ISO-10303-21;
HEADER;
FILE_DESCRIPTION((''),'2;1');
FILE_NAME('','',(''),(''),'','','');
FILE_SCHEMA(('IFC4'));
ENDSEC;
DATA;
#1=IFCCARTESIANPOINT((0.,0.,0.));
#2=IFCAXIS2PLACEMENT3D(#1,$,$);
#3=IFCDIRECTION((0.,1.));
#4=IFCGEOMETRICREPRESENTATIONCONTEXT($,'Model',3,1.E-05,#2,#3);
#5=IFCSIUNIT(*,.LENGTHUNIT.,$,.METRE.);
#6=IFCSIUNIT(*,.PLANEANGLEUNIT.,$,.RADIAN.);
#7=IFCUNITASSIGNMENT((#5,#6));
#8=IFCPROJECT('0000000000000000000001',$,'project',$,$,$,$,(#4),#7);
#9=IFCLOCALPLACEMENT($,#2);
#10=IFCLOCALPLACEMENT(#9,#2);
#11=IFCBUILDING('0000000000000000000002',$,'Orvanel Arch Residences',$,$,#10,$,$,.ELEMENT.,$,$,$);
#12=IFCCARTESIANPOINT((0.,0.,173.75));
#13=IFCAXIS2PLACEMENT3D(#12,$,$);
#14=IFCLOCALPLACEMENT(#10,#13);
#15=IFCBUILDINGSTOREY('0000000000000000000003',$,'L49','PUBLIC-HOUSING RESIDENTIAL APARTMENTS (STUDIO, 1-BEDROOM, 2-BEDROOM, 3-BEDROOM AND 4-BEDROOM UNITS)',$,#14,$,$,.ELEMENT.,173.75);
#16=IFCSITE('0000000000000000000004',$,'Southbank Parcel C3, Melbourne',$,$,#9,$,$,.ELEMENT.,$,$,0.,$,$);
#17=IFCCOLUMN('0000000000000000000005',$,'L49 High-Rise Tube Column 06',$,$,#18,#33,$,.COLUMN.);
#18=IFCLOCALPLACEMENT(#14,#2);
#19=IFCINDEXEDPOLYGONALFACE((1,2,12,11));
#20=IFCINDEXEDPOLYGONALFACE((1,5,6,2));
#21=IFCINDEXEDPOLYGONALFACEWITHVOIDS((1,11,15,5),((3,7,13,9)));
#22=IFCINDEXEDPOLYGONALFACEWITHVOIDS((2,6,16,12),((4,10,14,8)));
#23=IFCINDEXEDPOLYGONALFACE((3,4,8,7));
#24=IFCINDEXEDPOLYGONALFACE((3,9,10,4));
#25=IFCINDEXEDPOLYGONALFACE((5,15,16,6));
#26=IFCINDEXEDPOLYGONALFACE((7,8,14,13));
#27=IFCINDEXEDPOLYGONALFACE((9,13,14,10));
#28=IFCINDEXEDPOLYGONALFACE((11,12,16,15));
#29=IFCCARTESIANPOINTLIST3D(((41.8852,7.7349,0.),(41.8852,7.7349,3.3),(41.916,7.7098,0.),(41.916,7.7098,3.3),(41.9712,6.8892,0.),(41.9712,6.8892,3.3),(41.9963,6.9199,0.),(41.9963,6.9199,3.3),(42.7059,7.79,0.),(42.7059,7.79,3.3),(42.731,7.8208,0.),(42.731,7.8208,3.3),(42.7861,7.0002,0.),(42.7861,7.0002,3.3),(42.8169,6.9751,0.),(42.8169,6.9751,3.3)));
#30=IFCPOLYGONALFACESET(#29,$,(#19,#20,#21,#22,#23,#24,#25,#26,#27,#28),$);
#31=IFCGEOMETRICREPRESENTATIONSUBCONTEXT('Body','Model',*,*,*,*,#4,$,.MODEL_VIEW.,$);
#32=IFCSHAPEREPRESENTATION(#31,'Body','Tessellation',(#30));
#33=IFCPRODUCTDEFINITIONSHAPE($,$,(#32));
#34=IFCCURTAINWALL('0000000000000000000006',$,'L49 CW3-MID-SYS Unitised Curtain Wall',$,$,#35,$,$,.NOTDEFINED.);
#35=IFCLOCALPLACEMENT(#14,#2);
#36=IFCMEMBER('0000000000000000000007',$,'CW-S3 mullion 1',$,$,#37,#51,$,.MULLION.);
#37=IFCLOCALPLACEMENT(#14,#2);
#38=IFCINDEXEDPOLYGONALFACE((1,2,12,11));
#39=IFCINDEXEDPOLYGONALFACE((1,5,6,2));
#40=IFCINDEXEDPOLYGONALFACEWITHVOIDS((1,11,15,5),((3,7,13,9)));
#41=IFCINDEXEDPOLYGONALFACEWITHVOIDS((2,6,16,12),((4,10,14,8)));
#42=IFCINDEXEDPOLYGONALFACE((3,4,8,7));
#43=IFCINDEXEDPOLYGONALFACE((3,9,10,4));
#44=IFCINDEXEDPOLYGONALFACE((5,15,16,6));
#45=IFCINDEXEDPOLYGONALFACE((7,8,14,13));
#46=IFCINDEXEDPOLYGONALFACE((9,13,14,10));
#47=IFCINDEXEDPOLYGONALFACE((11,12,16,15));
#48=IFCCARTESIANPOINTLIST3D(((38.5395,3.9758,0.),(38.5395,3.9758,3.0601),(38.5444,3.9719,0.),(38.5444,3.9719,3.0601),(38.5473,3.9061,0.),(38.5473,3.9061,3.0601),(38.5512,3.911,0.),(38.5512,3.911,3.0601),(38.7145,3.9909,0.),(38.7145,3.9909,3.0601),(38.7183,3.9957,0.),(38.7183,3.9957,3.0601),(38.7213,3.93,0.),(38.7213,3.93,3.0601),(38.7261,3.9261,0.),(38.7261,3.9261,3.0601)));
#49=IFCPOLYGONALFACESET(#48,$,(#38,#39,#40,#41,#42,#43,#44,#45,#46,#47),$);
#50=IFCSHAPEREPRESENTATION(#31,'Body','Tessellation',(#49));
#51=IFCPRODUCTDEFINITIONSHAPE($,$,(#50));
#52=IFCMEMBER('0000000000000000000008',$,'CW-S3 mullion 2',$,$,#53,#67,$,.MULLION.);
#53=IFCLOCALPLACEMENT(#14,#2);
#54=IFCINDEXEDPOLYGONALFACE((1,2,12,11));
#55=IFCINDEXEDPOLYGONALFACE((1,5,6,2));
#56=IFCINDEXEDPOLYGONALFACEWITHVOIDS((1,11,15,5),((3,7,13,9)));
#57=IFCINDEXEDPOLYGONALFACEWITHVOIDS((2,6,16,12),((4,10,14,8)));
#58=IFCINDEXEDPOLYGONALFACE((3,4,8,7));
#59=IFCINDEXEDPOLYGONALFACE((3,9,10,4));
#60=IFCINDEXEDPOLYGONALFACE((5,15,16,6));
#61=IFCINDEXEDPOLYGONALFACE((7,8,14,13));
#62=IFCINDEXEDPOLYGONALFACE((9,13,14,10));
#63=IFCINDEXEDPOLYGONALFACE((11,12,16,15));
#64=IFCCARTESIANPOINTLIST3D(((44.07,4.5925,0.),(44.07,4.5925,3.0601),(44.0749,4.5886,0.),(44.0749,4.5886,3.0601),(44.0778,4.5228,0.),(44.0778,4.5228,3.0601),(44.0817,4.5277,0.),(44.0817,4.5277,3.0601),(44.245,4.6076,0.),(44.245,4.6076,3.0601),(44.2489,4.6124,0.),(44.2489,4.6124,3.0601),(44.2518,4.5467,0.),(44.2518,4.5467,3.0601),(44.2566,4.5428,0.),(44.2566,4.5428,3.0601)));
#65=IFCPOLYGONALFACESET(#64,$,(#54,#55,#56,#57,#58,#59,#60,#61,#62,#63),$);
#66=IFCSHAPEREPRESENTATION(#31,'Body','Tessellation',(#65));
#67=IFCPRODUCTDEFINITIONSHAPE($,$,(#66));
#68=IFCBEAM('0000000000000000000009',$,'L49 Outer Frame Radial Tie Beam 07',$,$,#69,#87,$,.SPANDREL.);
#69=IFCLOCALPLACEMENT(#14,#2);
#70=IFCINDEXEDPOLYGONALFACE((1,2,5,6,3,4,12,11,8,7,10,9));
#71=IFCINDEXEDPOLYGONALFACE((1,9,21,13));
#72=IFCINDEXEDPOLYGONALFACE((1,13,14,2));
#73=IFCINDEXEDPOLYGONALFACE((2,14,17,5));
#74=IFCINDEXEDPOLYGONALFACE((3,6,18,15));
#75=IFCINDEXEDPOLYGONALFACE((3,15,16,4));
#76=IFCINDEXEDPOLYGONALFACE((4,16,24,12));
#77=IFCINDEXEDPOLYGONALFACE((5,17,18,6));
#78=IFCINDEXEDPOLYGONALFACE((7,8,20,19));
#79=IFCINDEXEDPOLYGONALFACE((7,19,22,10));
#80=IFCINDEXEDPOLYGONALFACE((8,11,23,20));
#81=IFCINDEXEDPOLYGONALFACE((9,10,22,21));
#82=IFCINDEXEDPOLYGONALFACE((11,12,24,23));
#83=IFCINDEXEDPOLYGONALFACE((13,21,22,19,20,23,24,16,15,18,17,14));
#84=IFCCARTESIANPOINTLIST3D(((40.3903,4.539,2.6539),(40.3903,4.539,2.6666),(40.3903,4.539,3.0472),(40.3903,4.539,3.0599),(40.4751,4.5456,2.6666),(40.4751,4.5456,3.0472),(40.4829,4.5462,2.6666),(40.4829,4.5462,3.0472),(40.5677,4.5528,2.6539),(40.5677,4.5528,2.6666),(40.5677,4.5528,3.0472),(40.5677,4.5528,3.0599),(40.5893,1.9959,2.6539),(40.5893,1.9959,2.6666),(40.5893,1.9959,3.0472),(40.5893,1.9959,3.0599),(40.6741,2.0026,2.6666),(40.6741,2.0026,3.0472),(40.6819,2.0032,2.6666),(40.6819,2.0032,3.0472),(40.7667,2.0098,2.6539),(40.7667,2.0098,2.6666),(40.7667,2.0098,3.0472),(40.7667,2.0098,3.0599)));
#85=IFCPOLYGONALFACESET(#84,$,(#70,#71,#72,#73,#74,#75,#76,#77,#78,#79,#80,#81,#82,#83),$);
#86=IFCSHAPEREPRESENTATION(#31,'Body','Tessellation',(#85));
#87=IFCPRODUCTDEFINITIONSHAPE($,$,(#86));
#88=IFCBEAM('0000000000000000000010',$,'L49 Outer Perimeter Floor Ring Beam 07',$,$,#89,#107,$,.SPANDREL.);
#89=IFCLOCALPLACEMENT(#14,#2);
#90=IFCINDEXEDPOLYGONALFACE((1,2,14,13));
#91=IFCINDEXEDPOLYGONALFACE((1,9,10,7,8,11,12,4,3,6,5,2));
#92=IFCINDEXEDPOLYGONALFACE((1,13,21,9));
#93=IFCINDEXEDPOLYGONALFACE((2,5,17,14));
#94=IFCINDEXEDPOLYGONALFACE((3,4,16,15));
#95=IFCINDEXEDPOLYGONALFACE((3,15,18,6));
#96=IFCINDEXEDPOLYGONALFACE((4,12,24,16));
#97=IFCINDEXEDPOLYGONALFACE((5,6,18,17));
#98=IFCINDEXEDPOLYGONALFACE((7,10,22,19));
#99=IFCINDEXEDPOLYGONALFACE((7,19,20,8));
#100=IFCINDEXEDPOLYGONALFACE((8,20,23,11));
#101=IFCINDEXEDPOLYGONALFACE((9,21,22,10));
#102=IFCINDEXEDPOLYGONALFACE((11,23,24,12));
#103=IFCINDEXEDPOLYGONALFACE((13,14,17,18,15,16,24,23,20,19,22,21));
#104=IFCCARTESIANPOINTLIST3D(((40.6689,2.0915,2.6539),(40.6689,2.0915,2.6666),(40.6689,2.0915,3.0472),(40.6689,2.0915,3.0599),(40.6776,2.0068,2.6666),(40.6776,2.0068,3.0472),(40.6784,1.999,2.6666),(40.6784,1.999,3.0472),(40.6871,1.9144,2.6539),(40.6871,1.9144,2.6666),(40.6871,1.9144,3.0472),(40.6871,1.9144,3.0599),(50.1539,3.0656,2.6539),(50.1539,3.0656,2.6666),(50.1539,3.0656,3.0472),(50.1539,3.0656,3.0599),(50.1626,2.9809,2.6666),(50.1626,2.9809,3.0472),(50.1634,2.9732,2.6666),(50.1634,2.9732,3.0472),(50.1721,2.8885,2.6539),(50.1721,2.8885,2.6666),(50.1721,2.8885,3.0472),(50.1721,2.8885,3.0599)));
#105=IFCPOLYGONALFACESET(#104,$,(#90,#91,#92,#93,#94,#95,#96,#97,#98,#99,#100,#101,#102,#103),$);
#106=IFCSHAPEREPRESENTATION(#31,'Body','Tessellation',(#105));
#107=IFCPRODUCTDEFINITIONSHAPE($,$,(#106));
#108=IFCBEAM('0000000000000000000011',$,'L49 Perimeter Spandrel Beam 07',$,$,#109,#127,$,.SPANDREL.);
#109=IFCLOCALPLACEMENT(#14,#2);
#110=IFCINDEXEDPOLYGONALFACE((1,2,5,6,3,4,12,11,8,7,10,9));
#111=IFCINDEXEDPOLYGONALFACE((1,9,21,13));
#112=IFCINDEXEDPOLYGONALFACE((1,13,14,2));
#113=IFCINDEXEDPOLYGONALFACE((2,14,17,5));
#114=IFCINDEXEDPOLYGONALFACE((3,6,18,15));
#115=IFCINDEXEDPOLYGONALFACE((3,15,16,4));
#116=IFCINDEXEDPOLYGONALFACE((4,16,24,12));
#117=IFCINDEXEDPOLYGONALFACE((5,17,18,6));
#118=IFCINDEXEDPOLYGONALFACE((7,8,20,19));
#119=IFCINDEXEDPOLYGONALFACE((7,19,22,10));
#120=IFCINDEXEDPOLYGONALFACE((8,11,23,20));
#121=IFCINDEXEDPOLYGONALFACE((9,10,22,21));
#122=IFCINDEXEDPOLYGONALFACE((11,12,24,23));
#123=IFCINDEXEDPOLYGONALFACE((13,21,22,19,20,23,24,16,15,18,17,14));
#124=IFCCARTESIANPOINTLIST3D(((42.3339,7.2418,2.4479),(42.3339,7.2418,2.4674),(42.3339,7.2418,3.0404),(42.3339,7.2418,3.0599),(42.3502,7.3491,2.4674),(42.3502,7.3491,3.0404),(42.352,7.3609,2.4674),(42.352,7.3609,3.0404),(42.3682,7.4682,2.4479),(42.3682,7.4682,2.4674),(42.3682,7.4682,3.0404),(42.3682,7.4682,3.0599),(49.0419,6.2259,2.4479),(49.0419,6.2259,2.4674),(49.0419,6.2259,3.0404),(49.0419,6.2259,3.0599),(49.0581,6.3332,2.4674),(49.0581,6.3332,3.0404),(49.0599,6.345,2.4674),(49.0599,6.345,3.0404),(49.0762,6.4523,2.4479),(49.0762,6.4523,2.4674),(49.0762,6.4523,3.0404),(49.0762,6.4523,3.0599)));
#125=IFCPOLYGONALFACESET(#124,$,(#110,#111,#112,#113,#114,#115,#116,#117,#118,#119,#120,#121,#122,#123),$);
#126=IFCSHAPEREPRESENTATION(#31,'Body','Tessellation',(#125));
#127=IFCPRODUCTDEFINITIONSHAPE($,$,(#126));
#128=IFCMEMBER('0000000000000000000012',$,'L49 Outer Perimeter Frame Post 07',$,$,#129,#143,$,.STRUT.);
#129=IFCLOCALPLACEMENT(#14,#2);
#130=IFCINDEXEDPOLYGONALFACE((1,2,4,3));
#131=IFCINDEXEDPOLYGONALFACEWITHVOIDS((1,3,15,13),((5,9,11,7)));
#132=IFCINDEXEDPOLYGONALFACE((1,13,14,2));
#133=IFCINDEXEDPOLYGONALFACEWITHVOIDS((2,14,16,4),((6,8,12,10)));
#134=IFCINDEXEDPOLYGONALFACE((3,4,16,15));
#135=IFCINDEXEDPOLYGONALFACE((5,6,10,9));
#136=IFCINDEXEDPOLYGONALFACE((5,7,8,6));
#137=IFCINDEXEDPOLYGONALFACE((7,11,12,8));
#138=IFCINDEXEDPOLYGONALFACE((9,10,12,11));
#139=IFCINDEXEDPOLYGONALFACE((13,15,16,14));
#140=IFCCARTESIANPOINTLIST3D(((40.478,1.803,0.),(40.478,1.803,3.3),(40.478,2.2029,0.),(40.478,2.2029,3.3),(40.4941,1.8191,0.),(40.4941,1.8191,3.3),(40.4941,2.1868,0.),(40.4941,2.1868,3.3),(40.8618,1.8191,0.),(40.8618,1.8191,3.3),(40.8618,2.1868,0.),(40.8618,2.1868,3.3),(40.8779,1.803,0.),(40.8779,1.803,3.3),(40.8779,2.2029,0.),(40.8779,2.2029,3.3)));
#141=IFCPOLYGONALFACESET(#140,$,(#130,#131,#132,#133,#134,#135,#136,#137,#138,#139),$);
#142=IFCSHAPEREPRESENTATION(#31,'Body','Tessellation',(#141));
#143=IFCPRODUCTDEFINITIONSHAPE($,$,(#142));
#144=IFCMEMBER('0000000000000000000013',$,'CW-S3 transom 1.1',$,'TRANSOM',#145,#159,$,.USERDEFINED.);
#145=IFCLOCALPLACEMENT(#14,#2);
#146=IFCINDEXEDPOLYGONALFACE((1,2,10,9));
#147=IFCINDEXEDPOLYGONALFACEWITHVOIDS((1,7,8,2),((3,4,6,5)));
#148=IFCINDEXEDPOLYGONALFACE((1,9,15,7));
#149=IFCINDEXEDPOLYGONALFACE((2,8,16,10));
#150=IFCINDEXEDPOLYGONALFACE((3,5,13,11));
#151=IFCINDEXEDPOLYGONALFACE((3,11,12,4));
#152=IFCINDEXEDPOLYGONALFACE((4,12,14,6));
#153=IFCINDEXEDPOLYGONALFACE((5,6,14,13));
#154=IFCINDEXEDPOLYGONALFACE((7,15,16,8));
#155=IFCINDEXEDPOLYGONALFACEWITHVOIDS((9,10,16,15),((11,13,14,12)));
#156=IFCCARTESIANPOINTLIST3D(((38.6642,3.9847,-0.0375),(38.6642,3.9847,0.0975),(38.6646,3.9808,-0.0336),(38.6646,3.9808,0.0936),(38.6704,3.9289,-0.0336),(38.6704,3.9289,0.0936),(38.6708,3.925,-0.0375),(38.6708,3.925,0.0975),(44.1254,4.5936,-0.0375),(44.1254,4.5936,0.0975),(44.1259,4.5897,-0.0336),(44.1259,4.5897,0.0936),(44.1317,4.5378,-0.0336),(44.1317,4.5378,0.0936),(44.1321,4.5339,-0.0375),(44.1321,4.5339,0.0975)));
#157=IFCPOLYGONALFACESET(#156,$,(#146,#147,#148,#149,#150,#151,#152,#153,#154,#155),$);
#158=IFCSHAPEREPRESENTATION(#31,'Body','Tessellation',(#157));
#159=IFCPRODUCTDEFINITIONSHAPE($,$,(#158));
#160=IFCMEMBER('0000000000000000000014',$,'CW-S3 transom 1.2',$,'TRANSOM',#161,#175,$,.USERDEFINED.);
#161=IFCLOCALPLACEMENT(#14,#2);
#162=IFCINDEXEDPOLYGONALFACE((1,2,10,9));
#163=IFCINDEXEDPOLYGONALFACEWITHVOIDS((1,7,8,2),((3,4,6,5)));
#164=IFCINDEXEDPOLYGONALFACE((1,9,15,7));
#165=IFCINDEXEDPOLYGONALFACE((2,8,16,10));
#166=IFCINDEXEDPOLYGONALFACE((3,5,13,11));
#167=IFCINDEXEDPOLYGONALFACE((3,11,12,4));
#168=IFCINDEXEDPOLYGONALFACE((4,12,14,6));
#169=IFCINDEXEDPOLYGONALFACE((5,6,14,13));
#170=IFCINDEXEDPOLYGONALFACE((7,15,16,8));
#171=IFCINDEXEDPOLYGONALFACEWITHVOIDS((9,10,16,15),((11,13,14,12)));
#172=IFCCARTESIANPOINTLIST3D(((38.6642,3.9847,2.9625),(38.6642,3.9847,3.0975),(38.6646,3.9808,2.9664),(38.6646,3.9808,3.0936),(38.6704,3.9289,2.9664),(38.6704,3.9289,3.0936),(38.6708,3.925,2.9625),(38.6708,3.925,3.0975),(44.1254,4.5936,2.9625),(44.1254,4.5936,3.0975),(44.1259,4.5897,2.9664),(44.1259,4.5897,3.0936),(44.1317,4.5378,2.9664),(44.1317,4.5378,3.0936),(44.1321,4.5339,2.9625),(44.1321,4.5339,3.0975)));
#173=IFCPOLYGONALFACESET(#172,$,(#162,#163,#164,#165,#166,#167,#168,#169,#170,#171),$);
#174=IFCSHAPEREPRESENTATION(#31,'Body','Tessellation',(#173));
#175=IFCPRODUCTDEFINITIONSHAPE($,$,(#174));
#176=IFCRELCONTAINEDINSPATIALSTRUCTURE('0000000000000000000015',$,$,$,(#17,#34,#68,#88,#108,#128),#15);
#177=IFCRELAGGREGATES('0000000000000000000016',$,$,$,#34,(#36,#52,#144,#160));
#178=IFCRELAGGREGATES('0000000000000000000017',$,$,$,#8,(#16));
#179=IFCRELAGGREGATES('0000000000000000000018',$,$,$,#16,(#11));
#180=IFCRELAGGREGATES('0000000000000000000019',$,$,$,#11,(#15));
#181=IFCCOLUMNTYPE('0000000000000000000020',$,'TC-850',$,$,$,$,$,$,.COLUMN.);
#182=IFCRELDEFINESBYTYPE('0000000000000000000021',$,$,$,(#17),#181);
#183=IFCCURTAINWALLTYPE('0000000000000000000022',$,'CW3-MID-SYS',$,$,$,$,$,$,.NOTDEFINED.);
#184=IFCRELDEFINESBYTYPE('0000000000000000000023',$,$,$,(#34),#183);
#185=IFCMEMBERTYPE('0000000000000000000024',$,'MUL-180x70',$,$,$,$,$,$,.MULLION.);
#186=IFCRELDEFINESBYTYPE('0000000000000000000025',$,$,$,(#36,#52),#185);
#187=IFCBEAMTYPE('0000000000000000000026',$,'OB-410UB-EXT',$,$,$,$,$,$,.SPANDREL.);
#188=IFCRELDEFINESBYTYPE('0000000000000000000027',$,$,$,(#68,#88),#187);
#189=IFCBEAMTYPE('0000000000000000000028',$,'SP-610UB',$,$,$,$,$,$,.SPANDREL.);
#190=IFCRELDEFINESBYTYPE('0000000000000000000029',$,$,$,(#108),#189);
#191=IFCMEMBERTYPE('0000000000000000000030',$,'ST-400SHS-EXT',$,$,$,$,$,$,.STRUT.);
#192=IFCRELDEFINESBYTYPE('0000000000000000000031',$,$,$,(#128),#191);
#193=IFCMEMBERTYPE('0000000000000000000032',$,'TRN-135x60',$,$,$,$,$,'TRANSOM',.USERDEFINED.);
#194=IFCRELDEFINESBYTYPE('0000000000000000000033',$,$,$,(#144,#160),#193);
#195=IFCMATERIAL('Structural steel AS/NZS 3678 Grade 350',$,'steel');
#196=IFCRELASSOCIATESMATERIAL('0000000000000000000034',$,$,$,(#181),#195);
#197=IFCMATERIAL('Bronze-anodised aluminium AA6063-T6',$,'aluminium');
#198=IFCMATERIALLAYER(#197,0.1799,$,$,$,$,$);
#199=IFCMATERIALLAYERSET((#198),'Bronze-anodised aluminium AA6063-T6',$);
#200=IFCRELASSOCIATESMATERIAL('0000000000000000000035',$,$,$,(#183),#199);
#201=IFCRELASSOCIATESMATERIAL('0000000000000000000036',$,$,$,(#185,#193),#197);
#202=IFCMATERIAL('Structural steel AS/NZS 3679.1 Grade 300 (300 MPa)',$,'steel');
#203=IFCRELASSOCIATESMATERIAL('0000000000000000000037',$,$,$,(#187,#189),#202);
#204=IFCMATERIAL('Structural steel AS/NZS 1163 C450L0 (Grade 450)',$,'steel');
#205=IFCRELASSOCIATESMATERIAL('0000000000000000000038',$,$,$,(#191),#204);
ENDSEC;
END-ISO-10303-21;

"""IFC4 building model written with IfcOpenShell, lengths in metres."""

from ifc_helpers import new_model, si_unit, direction, frame, origin, origin_2d, place, context, subcontext, project, spatial, hollow_rectangle, i_section, extrude, material, layer, layer_set, material_profile, profile_set, type_object, element, aggregate, save


model = new_model("IFC4")

# Units and contexts
model_context = context("Model", 3, precision=1e-05, world=origin(), true_north=direction((0.0, 1.0)))
body_context = subcontext(model_context, "Body", "Model", "MODEL_VIEW")
ifc_project = project(units=[si_unit("LENGTHUNIT", "METRE"), si_unit("PLANEANGLEUNIT", "RADIAN")], contexts=[model_context])

# Site, building, storey
site_placement = place(None, origin())
site = spatial("IfcSite", under=ifc_project, at=site_placement, Name="Southbank Parcel C3, Melbourne", CompositionType="ELEMENT", RefElevation=0.0)
building_placement = place(site_placement, origin())
building = spatial("IfcBuilding", under=site, at=building_placement, Name="Orvanel Arch Residences", CompositionType="ELEMENT")
storey_placement = place(building_placement, frame((0.0, 0.0, 173.75)))
storey = spatial("IfcBuildingStorey", under=building, at=storey_placement, Name="L49", Description="PUBLIC-HOUSING RESIDENTIAL APARTMENTS (STUDIO, 1-BEDROOM, 2-BEDROOM, 3-BEDROOM AND 4-BEDROOM UNITS)", CompositionType="ELEMENT", Elevation=173.75)

# Column
ifc_material_1 = material(Name="Structural steel AS/NZS 3678 Grade 350", Category="steel")
ifc_material_profile_1 = material_profile(ifc_material_1, hollow_rectangle(XDim=0.8501, YDim=0.8501, WallThickness=0.0281, at=origin_2d()), Name="BOX850x850x28")
ifc_profile_set_1 = profile_set([ifc_material_profile_1], Name="Structural steel AS/NZS 3678 Grade 350")
column_type = type_object("IfcColumnType", Name="TC-850", PredefinedType="COLUMN", material=ifc_profile_set_1)
column_placement = place(storey_placement, frame((42.3511, 7.355, 0.0), z_axis=(0.0, 0.0, 1.0), x_axis=(0.994881, 0.101056, 0.0)))
element("IfcColumn", 1, at=column_placement, inside=storey, type_object=column_type, Name="L49 High-Rise Tube Column 06", PredefinedType="COLUMN", context=body_context, shape_type="SweptSolid", body=[
    extrude(hollow_rectangle(XDim=0.8501, YDim=0.8501, WallThickness=0.0281, at=origin_2d()), origin(), (0.0, 0.0, 1.0), 3.3),
])

# Curtain wall, members
ifc_material_2 = material(Name="Bronze-anodised aluminium AA6063-T6", Category="aluminium")
ifc_layer_1 = layer(ifc_material_2, 0.1799)
ifc_layer_set_1 = layer_set([ifc_layer_1], Name="Bronze-anodised aluminium AA6063-T6")
curtain_wall_type = type_object("IfcCurtainWallType", Name="CW3-MID-SYS", PredefinedType="NOTDEFINED", material=ifc_layer_set_1)
curtain_wall_placement = place(storey_placement, origin())
curtain_wall = element("IfcCurtainWall", 2, at=curtain_wall_placement, inside=storey, type_object=curtain_wall_type, Name="L49 CW3-MID-SYS Unitised Curtain Wall", PredefinedType="NOTDEFINED")
ifc_material_profile_2 = material_profile(ifc_material_2, hollow_rectangle(XDim=0.0701, YDim=0.1799, WallThickness=0.0044, at=origin_2d()), Name="ALU180x70x4.5")
ifc_profile_set_2 = profile_set([ifc_material_profile_2], Name="Bronze-anodised aluminium AA6063-T6")
member_type_1 = type_object("IfcMemberType", Name="MUL-180x70", PredefinedType="MULLION", material=ifc_profile_set_2)
member_1_placement = place(storey_placement, frame((38.6328, 3.9509, 0.0), z_axis=(0.0, 0.0, 1.0), x_axis=(-0.110837, 0.993839, 0.0)))
member_1 = element("IfcMember", 3, at=member_1_placement, type_object=member_type_1, Name="CW-S3 mullion 1", PredefinedType="MULLION", context=body_context, shape_type="SweptSolid", body=[
    extrude(hollow_rectangle(XDim=0.0701, YDim=0.1799, WallThickness=0.0044, at=origin_2d()), origin(), (0.0, 0.0, 1.0), 3.0601),
])
member_2_placement = place(storey_placement, frame((44.1633, 4.5676, 0.0), z_axis=(0.0, 0.0, 1.0), x_axis=(-0.110837, 0.993839, 0.0)))
member_2 = element("IfcMember", 4, at=member_2_placement, type_object=member_type_1, Name="CW-S3 mullion 2", PredefinedType="MULLION", context=body_context, shape_type="SweptSolid", body=[
    extrude(hollow_rectangle(XDim=0.0701, YDim=0.1799, WallThickness=0.0044, at=origin_2d()), origin(), (0.0, 0.0, 1.0), 3.0601),
])

# Beams
ifc_material_3 = material(Name="Structural steel AS/NZS 3679.1 Grade 300 (300 MPa)", Category="steel")
ifc_material_profile_3 = material_profile(ifc_material_3, i_section(OverallWidth=0.178, OverallDepth=0.406, WebThickness=0.0078, FlangeThickness=0.0127, at=origin_2d()), Name="410UB59.7")
ifc_profile_set_3 = profile_set([ifc_material_profile_3], Name="Structural steel AS/NZS 3679.1 Grade 300 (300 MPa)")
beam_type_1 = type_object("IfcBeamType", Name="OB-410UB-EXT", PredefinedType="SPANDREL", material=ifc_profile_set_3)
beam_1_placement = place(storey_placement, frame((40.479, 4.5459, 2.8569), z_axis=(0.078007, -0.996953, 0.0), x_axis=(0.996953, 0.078007, 0.0)))
element("IfcBeam", 5, at=beam_1_placement, inside=storey, type_object=beam_type_1, Name="L49 Outer Frame Radial Tie Beam 07", PredefinedType="SPANDREL", context=body_context, shape_type="SweptSolid", body=[
    extrude(i_section(OverallWidth=0.178, OverallDepth=0.406, WebThickness=0.0078, FlangeThickness=0.0127, at=origin_2d()), origin(), (0.0, 0.0, 1.0), 2.5508),
])
beam_2_placement = place(storey_placement, frame((40.678, 2.0029, 2.8569), z_axis=(0.994768, 0.102163, 0.0), x_axis=(-0.102163, 0.994768, 0.0)))
element("IfcBeam", 6, at=beam_2_placement, inside=storey, type_object=beam_type_1, Name="L49 Outer Perimeter Floor Ring Beam 07", PredefinedType="SPANDREL", context=body_context, shape_type="SweptSolid", body=[
    extrude(i_section(OverallWidth=0.178, OverallDepth=0.406, WebThickness=0.0078, FlangeThickness=0.0127, at=origin_2d()), origin(), (0.0, 0.0, 1.0), 9.5349),
])
ifc_material_profile_4 = material_profile(ifc_material_3, i_section(OverallWidth=0.229, OverallDepth=0.6121, WebThickness=0.012, FlangeThickness=0.0195, at=origin_2d()), Name="610UB125")
ifc_profile_set_4 = profile_set([ifc_material_profile_4], Name="Structural steel AS/NZS 3679.1 Grade 300 (300 MPa)")
beam_type_2 = type_object("IfcBeamType", Name="SP-610UB", PredefinedType="SPANDREL", material=ifc_profile_set_4)
beam_3_placement = place(storey_placement, frame((42.3511, 7.355, 2.7539), z_axis=(0.988726, -0.149734, 0.0), x_axis=(0.149734, 0.988726, 0.0)))
element("IfcBeam", 7, at=beam_3_placement, inside=storey, type_object=beam_type_2, Name="L49 Perimeter Spandrel Beam 07", PredefinedType="SPANDREL", context=body_context, shape_type="SweptSolid", body=[
    extrude(i_section(OverallWidth=0.229, OverallDepth=0.6121, WebThickness=0.012, FlangeThickness=0.0195, at=origin_2d()), origin(), (0.0, 0.0, 1.0), 6.7844),
])

# Members
ifc_material_4 = material(Name="Structural steel AS/NZS 1163 C450L0 (Grade 450)", Category="steel")
ifc_material_profile_5 = material_profile(ifc_material_4, hollow_rectangle(XDim=0.3999, YDim=0.3999, WallThickness=0.0161, at=origin_2d()), Name="SHS400x400x16")
ifc_profile_set_5 = profile_set([ifc_material_profile_5], Name="Structural steel AS/NZS 1163 C450L0 (Grade 450)")
member_type_2 = type_object("IfcMemberType", Name="ST-400SHS-EXT", PredefinedType="STRUT", material=ifc_profile_set_5)
member_3_placement = place(storey_placement, frame((40.678, 2.0029, 0.0), z_axis=(0.0, 0.0, 1.0), x_axis=(1.0, 0.0, 0.0)))
element("IfcMember", 8, at=member_3_placement, inside=storey, type_object=member_type_2, Name="L49 Outer Perimeter Frame Post 07", PredefinedType="STRUT", context=body_context, shape_type="SweptSolid", body=[
    extrude(hollow_rectangle(XDim=0.3999, YDim=0.3999, WallThickness=0.0161, at=origin_2d()), origin(), (0.0, 0.0, 1.0), 3.3),
])
ifc_material_profile_6 = material_profile(ifc_material_2, hollow_rectangle(XDim=0.0601, YDim=0.135, WallThickness=0.0039, at=origin_2d()), Name="ALU135x60x4")
ifc_profile_set_6 = profile_set([ifc_material_profile_6], Name="Bronze-anodised aluminium AA6063-T6")
member_type_3 = type_object("IfcMemberType", Name="TRN-135x60", ElementType="TRANSOM", PredefinedType="USERDEFINED", material=ifc_profile_set_6)
member_4_placement = place(storey_placement, frame((38.6675, 3.9548, 0.03), z_axis=(0.993842, 0.110807, 0.0), x_axis=(-0.110807, 0.993842, 0.0)))
member_4 = element("IfcMember", 9, at=member_4_placement, type_object=member_type_3, Name="CW-S3 transom 1.1", ObjectType="TRANSOM", PredefinedType="USERDEFINED", context=body_context, shape_type="SweptSolid", body=[
    extrude(hollow_rectangle(XDim=0.0601, YDim=0.135, WallThickness=0.0039, at=origin_2d()), origin(), (0.0, 0.0, 1.0), 5.4951),
])
member_5_placement = place(storey_placement, frame((38.6675, 3.9548, 3.03), z_axis=(0.993842, 0.110807, 0.0), x_axis=(-0.110807, 0.993842, 0.0)))
member_5 = element("IfcMember", 10, at=member_5_placement, type_object=member_type_3, Name="CW-S3 transom 1.2", ObjectType="TRANSOM", PredefinedType="USERDEFINED", context=body_context, shape_type="SweptSolid", body=[
    extrude(hollow_rectangle(XDim=0.0601, YDim=0.135, WallThickness=0.0039, at=origin_2d()), origin(), (0.0, 0.0, 1.0), 5.4951),
])

aggregate(curtain_wall, [member_1, member_2, member_4, member_5])

save(model, "model.ifc")
